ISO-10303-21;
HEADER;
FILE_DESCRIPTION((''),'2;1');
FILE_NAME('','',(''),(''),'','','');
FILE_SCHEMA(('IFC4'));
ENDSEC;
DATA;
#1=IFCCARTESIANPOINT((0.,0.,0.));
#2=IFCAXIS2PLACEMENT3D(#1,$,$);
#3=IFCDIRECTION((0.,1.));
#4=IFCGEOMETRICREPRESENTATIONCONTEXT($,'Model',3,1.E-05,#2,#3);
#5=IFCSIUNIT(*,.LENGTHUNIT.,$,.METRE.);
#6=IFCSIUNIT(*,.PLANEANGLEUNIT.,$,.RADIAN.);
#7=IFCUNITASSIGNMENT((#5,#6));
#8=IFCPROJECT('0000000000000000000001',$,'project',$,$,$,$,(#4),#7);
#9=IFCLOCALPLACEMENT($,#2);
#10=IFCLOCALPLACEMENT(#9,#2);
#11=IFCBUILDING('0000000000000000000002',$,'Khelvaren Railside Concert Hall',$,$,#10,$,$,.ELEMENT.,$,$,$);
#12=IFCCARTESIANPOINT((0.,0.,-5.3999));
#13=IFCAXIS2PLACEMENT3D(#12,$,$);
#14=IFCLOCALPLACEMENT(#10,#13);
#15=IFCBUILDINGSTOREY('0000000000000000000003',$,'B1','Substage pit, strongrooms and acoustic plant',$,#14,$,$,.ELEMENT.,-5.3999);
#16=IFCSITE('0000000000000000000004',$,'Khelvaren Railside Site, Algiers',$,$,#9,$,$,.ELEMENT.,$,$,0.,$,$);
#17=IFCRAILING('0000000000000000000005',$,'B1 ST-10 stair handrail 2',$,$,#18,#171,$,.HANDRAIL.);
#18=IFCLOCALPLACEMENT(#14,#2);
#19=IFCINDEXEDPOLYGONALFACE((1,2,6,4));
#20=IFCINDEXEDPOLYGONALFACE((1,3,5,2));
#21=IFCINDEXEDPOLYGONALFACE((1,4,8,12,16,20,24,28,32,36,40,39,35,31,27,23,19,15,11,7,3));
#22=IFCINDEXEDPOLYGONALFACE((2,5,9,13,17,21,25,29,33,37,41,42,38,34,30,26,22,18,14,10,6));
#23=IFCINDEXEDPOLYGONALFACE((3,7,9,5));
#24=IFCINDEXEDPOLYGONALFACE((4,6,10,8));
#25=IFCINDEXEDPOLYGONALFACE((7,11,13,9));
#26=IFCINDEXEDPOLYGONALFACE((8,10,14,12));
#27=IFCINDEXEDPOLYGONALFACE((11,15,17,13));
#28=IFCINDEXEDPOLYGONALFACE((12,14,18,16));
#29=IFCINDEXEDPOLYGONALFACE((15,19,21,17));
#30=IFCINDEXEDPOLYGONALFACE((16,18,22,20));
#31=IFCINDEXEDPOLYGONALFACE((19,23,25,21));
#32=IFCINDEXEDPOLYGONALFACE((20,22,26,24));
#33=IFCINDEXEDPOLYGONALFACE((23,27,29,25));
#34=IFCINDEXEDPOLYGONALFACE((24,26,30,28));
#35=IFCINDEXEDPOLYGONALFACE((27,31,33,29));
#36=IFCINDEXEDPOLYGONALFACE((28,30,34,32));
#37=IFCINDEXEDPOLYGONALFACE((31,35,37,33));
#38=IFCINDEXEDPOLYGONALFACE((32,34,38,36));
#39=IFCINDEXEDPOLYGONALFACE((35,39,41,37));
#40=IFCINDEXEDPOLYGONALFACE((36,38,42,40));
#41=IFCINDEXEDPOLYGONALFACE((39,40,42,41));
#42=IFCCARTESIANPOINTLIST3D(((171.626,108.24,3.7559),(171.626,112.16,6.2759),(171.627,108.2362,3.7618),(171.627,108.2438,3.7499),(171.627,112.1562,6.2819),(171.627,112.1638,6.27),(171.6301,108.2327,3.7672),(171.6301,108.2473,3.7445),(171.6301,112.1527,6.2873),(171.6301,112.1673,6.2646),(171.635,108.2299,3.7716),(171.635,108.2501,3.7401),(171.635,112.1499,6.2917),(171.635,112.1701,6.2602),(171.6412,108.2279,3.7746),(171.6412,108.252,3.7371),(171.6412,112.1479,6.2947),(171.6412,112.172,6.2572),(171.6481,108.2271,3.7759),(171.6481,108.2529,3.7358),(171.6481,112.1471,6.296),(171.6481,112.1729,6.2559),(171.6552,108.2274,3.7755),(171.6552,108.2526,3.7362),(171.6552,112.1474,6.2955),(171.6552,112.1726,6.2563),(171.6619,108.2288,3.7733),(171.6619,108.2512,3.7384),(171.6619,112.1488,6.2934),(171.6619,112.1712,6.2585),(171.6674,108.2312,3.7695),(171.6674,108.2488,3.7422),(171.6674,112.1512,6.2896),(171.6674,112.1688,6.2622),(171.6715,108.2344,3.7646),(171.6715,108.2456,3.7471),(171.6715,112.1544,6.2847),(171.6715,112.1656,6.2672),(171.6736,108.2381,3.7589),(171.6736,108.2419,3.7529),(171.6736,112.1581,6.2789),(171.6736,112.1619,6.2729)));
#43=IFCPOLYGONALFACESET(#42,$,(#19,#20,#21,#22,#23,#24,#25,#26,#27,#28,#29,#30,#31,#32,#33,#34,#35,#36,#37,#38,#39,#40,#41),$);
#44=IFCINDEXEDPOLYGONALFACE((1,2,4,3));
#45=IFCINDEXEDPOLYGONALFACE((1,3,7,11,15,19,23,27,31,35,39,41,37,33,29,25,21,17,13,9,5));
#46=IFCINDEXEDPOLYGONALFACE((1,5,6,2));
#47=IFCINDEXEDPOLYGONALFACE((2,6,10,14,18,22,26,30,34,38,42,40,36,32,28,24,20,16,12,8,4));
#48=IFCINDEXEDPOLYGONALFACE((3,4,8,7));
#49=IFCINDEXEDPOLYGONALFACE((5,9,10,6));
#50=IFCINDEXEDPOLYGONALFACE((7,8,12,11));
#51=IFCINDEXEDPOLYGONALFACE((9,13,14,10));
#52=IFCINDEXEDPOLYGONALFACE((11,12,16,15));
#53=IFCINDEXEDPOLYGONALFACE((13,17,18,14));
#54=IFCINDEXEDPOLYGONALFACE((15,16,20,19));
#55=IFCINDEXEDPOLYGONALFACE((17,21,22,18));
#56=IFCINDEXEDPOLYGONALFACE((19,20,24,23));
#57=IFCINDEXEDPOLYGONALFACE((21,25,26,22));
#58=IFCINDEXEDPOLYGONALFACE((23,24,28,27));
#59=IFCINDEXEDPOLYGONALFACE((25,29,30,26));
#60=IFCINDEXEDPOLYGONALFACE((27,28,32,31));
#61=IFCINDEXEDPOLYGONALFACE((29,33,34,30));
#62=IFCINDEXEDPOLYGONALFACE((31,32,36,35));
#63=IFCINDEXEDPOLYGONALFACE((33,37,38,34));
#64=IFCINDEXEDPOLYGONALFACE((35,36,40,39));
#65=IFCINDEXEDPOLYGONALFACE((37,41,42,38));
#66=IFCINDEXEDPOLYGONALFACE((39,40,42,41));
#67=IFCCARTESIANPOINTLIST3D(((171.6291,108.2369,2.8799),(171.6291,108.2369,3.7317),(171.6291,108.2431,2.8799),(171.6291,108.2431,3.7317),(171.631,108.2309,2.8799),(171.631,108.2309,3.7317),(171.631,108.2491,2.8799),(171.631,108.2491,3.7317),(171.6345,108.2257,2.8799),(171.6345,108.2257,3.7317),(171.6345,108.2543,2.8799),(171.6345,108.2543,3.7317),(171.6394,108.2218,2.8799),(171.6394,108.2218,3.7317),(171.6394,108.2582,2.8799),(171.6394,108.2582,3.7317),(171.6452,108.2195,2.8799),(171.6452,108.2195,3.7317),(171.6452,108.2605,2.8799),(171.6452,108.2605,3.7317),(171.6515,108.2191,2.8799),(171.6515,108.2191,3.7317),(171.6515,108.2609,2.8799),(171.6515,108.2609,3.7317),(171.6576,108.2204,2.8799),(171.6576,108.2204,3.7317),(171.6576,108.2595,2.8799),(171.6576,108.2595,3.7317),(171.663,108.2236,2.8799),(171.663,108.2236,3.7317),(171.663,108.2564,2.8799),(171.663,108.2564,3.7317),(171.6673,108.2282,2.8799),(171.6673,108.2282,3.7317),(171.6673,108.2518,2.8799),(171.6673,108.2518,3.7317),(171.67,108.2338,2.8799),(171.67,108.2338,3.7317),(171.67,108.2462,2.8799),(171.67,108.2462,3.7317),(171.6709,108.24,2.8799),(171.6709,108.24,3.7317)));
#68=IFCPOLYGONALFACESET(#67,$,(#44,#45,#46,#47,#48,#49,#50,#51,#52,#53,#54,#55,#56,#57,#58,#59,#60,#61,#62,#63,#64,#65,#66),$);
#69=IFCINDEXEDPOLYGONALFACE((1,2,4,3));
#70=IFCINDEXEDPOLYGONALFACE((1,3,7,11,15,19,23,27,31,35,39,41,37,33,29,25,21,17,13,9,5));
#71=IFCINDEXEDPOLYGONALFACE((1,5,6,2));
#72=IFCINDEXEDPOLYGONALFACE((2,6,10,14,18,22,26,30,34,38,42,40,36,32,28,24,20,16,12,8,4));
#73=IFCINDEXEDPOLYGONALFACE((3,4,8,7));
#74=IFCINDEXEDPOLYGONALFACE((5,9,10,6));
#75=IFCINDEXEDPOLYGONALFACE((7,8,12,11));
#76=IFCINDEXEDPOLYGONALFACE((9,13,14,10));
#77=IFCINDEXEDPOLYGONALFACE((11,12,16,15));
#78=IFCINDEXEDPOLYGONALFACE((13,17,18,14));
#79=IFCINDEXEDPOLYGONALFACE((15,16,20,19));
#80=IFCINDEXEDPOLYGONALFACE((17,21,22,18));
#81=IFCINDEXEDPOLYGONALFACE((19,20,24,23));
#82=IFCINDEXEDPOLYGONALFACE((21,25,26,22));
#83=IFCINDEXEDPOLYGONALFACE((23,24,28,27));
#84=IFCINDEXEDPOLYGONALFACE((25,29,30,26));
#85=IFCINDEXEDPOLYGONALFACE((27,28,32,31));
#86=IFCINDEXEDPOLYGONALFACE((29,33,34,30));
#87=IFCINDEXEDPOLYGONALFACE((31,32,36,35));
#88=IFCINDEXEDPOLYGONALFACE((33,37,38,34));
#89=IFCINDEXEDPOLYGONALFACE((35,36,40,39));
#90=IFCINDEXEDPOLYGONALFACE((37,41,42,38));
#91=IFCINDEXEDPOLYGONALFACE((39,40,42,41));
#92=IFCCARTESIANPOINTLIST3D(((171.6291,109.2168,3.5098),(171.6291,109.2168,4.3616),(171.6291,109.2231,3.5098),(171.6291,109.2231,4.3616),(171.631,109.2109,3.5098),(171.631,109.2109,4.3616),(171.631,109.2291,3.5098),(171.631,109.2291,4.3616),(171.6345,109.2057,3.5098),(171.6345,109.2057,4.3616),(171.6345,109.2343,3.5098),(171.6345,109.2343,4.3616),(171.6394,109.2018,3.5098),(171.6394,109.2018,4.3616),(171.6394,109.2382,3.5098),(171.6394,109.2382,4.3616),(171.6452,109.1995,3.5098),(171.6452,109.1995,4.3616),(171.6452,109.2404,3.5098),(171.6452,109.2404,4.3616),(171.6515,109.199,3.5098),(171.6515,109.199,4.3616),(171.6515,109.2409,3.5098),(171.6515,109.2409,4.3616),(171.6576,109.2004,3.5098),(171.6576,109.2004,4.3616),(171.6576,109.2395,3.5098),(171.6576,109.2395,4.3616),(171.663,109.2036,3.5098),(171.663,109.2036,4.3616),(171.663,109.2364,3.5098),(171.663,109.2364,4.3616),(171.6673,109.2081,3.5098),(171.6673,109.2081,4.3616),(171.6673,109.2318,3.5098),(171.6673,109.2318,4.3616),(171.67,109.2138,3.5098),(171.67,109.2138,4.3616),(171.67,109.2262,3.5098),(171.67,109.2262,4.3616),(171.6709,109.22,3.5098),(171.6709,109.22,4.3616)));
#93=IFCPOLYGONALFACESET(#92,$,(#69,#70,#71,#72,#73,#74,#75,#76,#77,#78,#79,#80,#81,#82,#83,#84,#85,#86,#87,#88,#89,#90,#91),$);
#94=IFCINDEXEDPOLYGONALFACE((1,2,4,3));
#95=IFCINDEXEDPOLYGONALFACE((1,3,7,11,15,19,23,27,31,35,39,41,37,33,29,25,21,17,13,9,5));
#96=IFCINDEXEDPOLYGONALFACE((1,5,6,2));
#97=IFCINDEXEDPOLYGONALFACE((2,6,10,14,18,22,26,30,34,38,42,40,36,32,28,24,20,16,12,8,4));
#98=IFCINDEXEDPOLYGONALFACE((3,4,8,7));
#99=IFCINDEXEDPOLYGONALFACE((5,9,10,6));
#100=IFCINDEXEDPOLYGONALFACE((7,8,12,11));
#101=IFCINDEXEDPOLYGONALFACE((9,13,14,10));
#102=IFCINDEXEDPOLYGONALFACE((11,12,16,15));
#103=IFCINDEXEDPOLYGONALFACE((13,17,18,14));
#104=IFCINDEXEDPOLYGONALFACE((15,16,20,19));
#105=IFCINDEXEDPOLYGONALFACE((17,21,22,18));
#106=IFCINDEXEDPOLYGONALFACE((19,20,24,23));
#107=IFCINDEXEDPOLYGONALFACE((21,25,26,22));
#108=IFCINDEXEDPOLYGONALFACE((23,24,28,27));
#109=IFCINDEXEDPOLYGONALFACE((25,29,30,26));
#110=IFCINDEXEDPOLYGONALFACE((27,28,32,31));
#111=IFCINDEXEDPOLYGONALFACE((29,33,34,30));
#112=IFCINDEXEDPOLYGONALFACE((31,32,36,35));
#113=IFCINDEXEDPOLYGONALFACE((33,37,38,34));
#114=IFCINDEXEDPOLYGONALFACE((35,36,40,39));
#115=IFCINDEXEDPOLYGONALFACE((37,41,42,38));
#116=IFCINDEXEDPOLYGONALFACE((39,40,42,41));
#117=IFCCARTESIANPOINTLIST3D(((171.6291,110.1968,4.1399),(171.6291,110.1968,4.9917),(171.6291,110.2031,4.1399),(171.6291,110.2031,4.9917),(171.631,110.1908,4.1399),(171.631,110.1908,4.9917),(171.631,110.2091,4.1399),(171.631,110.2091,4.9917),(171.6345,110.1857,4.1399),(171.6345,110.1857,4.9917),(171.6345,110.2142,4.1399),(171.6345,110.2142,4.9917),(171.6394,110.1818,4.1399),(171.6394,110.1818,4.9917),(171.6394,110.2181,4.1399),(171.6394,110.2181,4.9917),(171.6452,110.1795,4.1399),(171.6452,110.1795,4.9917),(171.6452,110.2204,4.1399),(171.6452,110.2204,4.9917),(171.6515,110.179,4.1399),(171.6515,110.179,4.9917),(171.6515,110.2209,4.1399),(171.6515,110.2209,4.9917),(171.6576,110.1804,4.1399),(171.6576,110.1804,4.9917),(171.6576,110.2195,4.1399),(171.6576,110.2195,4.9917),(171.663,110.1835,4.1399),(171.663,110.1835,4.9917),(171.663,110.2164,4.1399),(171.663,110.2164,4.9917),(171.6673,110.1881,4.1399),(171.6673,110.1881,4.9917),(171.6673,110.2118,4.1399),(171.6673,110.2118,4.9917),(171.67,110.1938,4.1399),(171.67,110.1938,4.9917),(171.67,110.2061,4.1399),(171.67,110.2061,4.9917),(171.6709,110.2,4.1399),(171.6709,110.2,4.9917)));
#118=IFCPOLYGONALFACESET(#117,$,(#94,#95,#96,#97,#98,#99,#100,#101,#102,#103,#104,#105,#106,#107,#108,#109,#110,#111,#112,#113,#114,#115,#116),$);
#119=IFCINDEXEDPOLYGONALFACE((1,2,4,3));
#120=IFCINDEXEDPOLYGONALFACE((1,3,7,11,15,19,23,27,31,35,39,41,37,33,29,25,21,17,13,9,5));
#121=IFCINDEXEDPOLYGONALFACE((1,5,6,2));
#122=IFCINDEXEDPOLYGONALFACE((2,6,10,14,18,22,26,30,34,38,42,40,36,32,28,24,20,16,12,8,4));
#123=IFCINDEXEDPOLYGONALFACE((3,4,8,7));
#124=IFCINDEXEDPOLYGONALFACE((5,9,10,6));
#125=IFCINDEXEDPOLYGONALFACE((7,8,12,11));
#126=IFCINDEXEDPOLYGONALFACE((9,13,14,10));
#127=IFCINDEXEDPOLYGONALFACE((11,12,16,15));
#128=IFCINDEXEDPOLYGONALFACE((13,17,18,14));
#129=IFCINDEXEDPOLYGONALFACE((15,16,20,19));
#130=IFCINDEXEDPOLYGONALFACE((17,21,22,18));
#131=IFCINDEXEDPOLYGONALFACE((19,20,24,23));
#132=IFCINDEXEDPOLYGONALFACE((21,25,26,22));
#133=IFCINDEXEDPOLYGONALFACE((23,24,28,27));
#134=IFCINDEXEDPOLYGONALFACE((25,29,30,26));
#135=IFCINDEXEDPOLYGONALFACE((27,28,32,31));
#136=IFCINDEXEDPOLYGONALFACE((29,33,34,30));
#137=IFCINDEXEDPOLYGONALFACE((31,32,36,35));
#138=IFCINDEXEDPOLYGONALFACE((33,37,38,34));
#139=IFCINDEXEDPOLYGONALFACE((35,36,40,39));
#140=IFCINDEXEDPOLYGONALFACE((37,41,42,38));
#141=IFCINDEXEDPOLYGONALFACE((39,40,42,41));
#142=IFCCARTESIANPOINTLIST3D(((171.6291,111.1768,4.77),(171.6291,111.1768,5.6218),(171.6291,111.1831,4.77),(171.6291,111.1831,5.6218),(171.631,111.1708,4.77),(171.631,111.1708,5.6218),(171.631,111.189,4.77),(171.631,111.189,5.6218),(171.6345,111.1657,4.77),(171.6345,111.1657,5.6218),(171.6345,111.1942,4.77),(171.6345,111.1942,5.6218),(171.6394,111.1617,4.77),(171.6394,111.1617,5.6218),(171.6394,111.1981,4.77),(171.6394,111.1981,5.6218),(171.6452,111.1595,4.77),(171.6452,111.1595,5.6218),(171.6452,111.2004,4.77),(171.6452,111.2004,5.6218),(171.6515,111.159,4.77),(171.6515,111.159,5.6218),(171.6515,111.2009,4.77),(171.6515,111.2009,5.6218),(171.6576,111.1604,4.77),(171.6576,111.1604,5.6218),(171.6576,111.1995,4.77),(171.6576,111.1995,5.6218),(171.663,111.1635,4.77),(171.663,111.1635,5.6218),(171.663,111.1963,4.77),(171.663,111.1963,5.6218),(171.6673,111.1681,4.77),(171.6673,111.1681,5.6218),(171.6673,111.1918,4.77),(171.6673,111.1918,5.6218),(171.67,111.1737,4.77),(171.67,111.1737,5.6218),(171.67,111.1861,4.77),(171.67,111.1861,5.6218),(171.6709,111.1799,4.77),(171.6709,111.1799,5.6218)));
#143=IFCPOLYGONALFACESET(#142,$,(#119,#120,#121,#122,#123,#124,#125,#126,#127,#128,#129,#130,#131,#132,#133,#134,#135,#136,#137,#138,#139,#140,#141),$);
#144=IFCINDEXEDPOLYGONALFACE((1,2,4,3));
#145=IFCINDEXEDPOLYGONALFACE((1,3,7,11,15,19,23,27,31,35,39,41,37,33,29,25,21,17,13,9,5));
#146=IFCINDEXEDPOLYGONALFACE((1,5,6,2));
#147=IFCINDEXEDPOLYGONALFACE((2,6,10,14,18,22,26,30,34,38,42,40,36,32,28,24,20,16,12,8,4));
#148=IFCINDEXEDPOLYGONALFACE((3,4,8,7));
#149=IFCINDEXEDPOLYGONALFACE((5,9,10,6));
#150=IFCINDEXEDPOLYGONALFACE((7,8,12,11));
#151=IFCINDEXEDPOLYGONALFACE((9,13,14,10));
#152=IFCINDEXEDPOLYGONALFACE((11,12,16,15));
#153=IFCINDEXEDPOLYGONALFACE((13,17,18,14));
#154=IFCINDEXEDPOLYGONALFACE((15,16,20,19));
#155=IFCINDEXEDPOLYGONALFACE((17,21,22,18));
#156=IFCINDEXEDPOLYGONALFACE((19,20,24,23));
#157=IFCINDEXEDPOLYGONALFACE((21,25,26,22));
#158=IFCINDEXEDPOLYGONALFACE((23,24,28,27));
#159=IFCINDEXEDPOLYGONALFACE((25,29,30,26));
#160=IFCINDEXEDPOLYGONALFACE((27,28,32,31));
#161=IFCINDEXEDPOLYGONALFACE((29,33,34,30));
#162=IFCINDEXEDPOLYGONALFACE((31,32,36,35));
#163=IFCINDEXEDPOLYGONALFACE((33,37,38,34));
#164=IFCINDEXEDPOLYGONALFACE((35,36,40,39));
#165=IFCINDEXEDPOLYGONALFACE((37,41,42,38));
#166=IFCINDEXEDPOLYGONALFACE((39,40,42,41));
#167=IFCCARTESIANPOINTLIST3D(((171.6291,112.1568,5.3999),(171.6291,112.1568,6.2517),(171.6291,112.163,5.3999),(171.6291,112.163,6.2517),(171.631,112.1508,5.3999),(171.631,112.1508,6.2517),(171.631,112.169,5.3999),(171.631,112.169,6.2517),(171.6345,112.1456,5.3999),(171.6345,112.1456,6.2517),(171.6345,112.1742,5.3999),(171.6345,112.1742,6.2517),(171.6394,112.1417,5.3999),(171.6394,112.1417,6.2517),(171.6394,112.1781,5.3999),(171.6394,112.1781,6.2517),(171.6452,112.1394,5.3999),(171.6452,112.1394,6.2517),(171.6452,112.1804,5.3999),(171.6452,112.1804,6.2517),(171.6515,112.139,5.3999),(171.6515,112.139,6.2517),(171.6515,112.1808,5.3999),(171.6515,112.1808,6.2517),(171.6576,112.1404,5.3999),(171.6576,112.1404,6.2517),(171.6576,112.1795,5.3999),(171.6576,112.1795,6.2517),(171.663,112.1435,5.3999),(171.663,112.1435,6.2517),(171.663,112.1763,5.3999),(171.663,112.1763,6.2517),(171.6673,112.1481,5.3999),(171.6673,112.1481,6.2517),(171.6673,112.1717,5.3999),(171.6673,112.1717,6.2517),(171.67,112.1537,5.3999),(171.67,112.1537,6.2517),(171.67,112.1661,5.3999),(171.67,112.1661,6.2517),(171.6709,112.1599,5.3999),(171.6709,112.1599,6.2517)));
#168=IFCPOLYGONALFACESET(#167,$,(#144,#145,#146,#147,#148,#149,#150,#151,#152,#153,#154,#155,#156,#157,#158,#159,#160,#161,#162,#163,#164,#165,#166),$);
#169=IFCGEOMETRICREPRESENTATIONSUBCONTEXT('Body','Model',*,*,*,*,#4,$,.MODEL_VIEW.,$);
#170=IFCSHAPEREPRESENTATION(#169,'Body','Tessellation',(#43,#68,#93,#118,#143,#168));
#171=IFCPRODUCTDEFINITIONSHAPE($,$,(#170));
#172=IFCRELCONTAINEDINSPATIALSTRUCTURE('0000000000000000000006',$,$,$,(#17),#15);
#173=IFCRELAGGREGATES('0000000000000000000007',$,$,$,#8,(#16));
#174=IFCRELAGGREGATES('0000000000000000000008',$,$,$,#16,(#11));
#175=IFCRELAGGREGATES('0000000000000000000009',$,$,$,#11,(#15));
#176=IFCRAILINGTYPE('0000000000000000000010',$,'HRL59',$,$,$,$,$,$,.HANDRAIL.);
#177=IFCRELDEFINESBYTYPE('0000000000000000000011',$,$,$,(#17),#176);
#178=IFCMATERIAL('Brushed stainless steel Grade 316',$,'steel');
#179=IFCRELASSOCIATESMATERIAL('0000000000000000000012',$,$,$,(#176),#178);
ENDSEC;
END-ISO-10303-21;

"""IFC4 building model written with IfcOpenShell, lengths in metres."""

from ifc_helpers import new_model, si_unit, direction, frame, origin, origin_2d, place, context, subcontext, project, spatial, circle, extrude, material, type_object, element, save


model = new_model("IFC4")

# Units and contexts
model_context = context("Model", 3, precision=1e-05, world=origin(), true_north=direction((0.0, 1.0)))
body_context = subcontext(model_context, "Body", "Model", "MODEL_VIEW")
ifc_project = project(units=[si_unit("LENGTHUNIT", "METRE"), si_unit("PLANEANGLEUNIT", "RADIAN")], contexts=[model_context])

# Site, building, storey
site_placement = place(None, origin())
site = spatial("IfcSite", under=ifc_project, at=site_placement, Name="Khelvaren Railside Site, Algiers", CompositionType="ELEMENT", RefElevation=0.0)
building_placement = place(site_placement, origin())
building = spatial("IfcBuilding", under=site, at=building_placement, Name="Khelvaren Railside Concert Hall", CompositionType="ELEMENT")
storey_placement = place(building_placement, frame((0.0, 0.0, -5.3999)))
storey = spatial("IfcBuildingStorey", under=building, at=storey_placement, Name="B1", Description="Substage pit, strongrooms and acoustic plant", CompositionType="ELEMENT", Elevation=-5.3999)

# Railing
ifc_material_1 = material(Name="Brushed stainless steel Grade 316", Category="steel")
railing_type_1 = type_object("IfcRailingType", Name="HRL59", PredefinedType="HANDRAIL", material=ifc_material_1)
railing_1_placement = place(storey_placement, frame((171.6499, 108.24, 2.8799)))
element("IfcRailing", 1, at=railing_1_placement, inside=storey, type_object=railing_type_1, Name="B1 ST-10 stair handrail 2", PredefinedType="HANDRAIL", context=body_context, shape_type="SweptSolid", body=[
    extrude(circle(Radius=0.0239, at=origin_2d()), frame((0.0, 0.0, 0.876), z_axis=(0.0, 0.841172, 0.540768), x_axis=(-1.0, 0.0, 0.0)), (0.0, 0.0, 1.0), 4.6602),
    extrude(circle(Radius=0.021, at=origin_2d()), origin(), (0.0, 0.0, 1.0), 0.8518),
    extrude(circle(Radius=0.021, at=origin_2d()), frame((0.0, 0.98, 0.6299)), (0.0, 0.0, 1.0), 0.8518),
    extrude(circle(Radius=0.021, at=origin_2d()), frame((0.0, 1.96, 1.26)), (0.0, 0.0, 1.0), 0.8518),
    extrude(circle(Radius=0.021, at=origin_2d()), frame((0.0, 2.9399, 1.8901)), (0.0, 0.0, 1.0), 0.8518),
    extrude(circle(Radius=0.021, at=origin_2d()), frame((0.0, 3.9199, 2.52)), (0.0, 0.0, 1.0), 0.8518),
])

save(model, "model.ifc")
